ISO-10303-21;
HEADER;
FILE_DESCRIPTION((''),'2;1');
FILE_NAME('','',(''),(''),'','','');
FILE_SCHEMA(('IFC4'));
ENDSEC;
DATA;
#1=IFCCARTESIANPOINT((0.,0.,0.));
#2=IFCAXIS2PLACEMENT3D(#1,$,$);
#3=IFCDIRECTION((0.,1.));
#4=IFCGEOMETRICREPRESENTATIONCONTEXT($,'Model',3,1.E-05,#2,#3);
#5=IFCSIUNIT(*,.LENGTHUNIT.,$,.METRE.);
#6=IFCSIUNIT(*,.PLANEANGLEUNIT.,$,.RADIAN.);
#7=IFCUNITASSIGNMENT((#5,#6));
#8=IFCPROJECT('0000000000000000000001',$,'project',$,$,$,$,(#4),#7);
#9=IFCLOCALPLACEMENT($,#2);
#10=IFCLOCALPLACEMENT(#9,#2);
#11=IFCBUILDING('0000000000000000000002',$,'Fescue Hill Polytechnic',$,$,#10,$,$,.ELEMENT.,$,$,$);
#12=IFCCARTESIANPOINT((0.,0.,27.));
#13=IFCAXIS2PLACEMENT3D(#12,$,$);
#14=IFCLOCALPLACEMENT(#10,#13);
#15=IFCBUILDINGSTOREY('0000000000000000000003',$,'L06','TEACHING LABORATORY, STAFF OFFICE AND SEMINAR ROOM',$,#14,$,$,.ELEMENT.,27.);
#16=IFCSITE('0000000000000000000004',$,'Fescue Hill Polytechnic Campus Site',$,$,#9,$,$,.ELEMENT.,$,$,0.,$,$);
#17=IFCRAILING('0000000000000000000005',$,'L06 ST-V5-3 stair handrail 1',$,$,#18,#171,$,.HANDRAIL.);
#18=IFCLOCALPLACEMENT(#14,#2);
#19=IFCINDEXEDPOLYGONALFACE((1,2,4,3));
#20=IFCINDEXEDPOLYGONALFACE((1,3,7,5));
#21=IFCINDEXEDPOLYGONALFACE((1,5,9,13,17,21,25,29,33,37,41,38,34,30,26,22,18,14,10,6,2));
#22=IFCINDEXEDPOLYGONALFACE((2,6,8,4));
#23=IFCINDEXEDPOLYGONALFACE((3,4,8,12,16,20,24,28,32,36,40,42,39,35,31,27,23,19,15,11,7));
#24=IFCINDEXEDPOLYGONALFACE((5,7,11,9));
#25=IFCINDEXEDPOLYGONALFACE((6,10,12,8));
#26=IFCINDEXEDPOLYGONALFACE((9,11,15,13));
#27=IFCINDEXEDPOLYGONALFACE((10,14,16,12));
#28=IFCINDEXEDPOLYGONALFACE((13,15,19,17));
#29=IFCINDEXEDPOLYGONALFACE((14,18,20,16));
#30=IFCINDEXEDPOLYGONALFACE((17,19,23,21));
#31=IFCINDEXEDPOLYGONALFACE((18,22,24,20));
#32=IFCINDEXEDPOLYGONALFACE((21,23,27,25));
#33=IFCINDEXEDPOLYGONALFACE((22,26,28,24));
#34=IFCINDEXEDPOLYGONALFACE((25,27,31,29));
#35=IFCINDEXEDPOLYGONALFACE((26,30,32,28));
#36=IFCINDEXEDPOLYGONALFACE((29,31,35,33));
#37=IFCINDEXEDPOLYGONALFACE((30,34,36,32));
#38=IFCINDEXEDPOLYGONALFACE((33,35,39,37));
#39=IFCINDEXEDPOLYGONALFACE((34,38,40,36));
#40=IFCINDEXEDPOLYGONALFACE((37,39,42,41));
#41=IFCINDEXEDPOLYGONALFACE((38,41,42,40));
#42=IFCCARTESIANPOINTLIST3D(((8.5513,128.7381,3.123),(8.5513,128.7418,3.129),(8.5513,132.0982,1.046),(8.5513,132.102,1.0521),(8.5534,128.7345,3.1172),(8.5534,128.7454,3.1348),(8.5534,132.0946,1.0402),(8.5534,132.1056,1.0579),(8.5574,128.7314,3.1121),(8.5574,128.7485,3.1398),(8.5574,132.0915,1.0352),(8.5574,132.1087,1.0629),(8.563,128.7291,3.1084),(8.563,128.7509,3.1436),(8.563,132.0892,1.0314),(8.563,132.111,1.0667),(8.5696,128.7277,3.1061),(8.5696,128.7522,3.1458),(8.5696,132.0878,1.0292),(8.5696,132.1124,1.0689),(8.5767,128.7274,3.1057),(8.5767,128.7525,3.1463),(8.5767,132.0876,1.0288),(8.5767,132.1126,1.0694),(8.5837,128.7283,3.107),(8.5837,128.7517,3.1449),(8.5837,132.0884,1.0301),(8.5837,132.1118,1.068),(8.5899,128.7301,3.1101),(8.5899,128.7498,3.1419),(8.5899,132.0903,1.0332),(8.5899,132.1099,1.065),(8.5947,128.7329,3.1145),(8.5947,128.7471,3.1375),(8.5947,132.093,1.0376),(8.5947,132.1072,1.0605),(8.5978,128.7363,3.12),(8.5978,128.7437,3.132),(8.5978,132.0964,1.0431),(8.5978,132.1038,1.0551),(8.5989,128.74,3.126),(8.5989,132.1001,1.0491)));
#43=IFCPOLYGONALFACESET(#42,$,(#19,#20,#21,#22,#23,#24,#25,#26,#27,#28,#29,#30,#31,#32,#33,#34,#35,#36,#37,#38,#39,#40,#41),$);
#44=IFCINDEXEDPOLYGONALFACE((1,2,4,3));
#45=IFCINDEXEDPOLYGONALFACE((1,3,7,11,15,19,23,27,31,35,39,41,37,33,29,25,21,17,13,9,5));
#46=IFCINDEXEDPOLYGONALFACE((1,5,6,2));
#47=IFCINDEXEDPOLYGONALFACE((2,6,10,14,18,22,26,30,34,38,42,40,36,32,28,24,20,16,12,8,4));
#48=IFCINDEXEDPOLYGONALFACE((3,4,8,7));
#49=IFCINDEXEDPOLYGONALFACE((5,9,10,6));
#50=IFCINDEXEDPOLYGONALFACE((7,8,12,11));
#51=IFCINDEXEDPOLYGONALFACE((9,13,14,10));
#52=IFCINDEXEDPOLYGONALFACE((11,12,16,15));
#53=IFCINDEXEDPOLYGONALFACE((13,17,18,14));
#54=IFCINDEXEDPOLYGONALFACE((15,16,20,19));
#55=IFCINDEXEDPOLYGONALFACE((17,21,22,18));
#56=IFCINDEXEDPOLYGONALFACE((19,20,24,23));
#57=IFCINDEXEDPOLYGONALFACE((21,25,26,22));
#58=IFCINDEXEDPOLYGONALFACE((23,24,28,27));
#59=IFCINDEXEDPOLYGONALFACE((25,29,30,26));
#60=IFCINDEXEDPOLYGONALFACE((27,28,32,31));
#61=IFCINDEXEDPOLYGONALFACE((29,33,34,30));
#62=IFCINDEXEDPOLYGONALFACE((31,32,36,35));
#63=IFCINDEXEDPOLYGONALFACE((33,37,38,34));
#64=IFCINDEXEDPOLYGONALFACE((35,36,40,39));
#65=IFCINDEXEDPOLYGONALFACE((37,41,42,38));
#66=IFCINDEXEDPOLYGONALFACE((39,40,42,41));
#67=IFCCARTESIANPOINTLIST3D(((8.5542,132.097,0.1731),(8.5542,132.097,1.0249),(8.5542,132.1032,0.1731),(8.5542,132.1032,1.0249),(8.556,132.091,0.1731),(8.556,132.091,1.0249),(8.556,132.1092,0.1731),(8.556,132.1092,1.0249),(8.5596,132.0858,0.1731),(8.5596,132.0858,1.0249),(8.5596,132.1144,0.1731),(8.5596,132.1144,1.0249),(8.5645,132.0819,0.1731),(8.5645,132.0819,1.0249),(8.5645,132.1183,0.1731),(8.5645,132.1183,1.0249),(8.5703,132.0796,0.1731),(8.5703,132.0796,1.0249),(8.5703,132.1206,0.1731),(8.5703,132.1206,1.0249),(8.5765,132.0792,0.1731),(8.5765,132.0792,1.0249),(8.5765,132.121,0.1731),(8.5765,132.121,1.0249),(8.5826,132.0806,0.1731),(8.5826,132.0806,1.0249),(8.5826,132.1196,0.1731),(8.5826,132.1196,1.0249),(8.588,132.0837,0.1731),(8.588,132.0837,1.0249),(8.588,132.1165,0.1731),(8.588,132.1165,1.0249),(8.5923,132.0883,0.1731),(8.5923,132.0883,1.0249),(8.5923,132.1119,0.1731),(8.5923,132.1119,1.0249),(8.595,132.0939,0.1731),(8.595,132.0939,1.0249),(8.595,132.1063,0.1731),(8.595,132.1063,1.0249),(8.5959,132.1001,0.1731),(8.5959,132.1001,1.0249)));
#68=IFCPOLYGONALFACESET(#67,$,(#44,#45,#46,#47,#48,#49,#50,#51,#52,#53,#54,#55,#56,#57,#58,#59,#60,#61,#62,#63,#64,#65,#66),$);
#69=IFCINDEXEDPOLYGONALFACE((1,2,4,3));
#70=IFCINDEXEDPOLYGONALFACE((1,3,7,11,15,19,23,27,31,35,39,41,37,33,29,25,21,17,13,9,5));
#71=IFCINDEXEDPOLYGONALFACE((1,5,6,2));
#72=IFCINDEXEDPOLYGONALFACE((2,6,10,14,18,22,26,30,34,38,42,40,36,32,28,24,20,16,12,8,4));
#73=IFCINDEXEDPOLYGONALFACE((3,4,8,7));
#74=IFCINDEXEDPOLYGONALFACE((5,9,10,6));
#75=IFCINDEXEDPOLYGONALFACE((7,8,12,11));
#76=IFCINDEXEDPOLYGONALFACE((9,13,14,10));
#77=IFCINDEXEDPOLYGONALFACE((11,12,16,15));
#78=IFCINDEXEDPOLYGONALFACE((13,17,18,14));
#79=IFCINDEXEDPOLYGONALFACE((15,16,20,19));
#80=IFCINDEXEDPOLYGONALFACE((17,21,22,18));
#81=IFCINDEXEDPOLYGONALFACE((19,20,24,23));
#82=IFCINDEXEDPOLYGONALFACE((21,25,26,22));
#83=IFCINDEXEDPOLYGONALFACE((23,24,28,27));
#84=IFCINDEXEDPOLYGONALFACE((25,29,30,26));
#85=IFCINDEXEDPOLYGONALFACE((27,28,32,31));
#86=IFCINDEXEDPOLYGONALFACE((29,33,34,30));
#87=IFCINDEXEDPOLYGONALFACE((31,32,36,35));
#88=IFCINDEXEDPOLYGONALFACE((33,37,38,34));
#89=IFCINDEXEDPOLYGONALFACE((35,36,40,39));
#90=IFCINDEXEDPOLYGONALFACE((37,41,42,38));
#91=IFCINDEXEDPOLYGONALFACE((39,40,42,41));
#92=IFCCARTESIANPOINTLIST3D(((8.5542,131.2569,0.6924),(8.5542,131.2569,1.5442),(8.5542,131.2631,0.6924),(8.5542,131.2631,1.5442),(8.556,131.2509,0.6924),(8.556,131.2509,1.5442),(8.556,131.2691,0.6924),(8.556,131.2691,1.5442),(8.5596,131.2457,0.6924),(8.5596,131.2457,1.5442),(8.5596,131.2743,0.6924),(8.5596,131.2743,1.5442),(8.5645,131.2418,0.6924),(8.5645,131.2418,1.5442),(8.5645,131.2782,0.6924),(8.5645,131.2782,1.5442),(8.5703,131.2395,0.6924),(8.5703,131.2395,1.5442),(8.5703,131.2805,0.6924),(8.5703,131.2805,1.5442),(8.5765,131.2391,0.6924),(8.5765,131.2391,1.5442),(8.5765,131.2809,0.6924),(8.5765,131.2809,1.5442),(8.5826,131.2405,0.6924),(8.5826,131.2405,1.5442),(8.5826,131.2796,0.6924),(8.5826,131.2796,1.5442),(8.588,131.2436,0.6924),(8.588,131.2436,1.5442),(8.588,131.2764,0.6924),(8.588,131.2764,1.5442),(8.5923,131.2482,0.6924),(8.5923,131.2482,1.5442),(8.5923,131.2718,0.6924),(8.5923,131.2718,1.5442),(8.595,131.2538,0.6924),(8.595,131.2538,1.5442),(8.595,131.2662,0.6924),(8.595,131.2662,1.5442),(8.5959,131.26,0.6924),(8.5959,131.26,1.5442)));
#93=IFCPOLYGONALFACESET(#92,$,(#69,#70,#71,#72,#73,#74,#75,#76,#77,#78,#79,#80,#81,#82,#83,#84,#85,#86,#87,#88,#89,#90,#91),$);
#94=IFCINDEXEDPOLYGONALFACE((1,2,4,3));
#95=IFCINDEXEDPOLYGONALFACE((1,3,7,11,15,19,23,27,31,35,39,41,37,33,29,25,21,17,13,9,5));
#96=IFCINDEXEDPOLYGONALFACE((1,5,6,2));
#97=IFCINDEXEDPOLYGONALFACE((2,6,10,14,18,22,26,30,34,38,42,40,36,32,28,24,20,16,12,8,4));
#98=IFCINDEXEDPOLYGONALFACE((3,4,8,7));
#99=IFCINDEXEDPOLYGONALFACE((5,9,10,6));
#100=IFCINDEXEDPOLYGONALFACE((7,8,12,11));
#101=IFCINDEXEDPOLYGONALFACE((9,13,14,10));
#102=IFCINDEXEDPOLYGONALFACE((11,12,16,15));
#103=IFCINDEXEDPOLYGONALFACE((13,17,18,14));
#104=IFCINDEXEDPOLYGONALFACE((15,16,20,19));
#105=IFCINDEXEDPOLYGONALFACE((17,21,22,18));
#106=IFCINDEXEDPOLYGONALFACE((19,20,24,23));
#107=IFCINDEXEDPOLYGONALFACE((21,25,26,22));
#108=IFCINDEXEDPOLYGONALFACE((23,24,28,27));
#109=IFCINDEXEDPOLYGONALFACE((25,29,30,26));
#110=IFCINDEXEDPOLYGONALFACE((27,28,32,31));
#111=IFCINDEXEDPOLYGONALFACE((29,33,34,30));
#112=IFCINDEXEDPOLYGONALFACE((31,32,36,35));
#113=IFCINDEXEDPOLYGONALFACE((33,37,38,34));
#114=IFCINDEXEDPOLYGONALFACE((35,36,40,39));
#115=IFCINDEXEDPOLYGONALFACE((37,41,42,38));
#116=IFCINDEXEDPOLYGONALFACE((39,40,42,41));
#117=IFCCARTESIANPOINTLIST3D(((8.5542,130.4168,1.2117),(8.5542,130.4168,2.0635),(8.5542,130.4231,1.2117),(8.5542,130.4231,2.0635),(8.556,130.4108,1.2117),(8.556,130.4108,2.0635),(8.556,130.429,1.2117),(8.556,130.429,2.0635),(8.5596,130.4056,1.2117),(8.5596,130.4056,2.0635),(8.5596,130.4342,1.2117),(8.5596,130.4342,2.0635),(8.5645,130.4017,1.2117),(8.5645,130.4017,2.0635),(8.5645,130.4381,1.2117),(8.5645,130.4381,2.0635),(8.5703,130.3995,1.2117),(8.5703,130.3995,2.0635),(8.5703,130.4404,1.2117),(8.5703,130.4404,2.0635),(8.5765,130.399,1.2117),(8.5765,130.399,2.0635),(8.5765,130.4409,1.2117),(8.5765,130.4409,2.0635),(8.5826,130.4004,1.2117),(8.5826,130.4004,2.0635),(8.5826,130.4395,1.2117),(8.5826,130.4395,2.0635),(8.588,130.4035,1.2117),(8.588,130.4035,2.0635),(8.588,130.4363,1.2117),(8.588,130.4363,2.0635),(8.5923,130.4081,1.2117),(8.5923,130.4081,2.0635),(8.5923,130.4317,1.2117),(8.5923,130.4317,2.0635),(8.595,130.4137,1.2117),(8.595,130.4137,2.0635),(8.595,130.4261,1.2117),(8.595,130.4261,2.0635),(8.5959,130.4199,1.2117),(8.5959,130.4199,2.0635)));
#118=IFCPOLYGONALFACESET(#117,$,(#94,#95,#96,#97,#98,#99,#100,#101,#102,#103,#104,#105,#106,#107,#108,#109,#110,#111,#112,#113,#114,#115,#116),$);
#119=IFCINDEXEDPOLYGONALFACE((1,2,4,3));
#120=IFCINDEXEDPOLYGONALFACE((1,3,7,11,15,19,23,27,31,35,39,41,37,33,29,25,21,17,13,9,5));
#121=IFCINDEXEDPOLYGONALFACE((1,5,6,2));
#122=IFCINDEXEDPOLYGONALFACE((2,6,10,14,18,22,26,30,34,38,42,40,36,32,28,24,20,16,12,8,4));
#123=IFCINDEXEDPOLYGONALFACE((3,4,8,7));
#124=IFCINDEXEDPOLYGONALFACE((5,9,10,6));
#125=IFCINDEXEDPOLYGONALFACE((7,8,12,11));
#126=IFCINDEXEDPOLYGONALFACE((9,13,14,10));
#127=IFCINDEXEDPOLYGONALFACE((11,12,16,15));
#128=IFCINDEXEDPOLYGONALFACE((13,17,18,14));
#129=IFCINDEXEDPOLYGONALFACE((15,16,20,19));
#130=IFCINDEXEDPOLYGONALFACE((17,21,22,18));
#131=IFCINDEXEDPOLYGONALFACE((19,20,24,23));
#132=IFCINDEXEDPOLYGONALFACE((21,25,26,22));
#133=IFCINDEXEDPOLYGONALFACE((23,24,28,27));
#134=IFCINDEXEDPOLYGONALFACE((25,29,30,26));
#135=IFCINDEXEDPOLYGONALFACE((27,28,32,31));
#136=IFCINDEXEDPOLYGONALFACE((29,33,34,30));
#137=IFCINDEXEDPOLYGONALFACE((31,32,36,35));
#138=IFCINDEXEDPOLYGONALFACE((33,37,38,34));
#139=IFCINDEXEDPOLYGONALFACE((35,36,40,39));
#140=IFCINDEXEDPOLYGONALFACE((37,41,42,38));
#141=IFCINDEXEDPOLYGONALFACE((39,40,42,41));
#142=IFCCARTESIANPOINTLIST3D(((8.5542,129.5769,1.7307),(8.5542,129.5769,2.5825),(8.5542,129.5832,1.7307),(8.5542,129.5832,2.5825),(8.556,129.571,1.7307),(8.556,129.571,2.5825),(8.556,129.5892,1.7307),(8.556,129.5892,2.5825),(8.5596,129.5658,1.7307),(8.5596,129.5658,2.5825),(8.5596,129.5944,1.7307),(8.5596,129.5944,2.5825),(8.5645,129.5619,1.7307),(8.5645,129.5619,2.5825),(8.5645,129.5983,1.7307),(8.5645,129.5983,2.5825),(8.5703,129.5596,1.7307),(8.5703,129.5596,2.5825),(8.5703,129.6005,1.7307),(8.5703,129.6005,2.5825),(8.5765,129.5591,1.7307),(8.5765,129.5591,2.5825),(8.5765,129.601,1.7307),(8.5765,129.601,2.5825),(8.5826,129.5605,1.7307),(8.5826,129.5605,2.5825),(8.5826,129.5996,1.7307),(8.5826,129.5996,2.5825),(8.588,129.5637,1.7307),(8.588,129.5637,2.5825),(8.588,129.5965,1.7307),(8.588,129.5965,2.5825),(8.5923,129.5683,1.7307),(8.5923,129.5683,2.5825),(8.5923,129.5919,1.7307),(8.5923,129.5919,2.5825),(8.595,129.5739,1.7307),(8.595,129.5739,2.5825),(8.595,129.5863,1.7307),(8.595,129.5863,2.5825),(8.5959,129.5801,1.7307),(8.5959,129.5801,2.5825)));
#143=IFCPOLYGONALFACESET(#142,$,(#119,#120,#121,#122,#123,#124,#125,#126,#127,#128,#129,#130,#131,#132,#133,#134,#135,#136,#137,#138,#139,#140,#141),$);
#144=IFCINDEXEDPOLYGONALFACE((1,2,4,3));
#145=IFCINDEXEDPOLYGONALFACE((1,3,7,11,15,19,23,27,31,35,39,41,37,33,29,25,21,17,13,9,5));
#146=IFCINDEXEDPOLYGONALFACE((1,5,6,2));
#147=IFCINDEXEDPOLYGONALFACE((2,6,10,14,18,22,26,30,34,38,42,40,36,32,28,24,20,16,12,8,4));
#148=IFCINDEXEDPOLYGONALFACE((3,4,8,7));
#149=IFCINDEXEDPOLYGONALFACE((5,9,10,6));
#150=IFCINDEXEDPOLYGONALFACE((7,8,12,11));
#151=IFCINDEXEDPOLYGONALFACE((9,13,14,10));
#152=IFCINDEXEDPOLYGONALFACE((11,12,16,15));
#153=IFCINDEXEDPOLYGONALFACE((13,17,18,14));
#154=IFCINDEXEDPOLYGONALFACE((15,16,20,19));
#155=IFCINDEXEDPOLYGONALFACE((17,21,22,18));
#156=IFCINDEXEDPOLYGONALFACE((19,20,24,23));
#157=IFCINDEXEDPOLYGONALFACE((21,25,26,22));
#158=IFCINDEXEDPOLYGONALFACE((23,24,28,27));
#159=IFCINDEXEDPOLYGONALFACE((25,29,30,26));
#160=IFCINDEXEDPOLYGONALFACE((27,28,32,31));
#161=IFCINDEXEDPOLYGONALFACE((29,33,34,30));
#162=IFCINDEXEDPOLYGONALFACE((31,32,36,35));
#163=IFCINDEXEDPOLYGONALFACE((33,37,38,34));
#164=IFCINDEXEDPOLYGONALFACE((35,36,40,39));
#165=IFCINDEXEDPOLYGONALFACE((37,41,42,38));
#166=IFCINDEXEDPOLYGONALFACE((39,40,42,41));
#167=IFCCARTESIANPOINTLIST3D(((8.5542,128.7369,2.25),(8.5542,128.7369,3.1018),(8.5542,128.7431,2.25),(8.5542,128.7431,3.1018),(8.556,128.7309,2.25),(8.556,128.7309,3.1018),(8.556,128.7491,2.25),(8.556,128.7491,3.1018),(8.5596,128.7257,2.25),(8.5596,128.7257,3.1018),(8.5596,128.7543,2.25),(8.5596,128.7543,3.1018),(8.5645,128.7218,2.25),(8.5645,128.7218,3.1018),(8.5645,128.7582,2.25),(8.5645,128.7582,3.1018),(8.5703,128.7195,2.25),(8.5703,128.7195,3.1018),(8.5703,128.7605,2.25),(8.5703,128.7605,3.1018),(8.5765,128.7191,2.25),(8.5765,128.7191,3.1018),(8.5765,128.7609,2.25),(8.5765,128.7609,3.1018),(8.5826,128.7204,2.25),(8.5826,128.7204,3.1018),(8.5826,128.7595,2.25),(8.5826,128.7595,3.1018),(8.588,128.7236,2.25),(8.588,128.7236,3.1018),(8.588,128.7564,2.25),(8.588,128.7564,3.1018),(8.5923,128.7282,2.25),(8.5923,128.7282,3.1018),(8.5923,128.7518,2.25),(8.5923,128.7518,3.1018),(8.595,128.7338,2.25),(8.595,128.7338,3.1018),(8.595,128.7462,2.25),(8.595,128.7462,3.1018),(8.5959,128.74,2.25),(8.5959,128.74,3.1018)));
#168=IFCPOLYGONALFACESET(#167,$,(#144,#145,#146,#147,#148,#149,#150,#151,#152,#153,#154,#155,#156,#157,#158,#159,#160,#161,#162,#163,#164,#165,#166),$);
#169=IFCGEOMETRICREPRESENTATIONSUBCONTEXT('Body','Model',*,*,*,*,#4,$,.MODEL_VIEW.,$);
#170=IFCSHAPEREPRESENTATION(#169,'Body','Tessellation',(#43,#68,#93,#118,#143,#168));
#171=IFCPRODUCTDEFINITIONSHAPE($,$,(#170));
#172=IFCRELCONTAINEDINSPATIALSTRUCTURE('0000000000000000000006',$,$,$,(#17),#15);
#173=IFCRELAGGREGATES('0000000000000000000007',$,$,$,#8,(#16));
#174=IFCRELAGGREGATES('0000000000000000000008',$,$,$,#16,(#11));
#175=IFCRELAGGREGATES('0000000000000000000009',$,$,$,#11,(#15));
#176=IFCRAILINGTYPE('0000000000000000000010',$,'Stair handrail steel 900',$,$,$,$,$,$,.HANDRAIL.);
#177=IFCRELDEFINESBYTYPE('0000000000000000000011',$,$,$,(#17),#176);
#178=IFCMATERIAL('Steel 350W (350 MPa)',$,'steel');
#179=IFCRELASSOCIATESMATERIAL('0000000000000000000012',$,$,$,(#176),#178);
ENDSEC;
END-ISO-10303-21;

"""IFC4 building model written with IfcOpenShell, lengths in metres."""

from ifc_helpers import new_model, si_unit, direction, frame, origin, origin_2d, place, context, subcontext, project, spatial, circle, extrude, material, type_object, element, save


model = new_model("IFC4")

# Units and contexts
model_context = context("Model", 3, precision=1e-05, world=origin(), true_north=direction((0.0, 1.0)))
body_context = subcontext(model_context, "Body", "Model", "MODEL_VIEW")
ifc_project = project(units=[si_unit("LENGTHUNIT", "METRE"), si_unit("PLANEANGLEUNIT", "RADIAN")], contexts=[model_context])

# Site, building, storey
site_placement = place(None, origin())
site = spatial("IfcSite", under=ifc_project, at=site_placement, Name="Fescue Hill Polytechnic Campus Site", CompositionType="ELEMENT", RefElevation=0.0)
building_placement = place(site_placement, origin())
building = spatial("IfcBuilding", under=site, at=building_placement, Name="Fescue Hill Polytechnic", CompositionType="ELEMENT")
storey_placement = place(building_placement, frame((0.0, 0.0, 27.0)))
storey = spatial("IfcBuildingStorey", under=building, at=storey_placement, Name="L06", Description="TEACHING LABORATORY, STAFF OFFICE AND SEMINAR ROOM", CompositionType="ELEMENT", Elevation=27.0)

# Railing
ifc_material_1 = material(Name="Steel 350W (350 MPa)", Category="steel")
railing_type_1 = type_object("IfcRailingType", Name="Stair handrail steel 900", PredefinedType="HANDRAIL", material=ifc_material_1)
railing_1_placement = place(storey_placement, frame((8.575, 132.1001, 0.1731)))
element("IfcRailing", 1, at=railing_1_placement, inside=storey, type_object=railing_type_1, Name="L06 ST-V5-3 stair handrail 1", PredefinedType="HANDRAIL", context=body_context, shape_type="SweptSolid", body=[
    extrude(circle(Radius=0.0239, at=origin_2d()), frame((0.0, 0.0, 0.876), z_axis=(0.0, -0.850623, 0.525776), x_axis=(1.0, 0.0, 0.0)), (0.0, 0.0, 1.0), 3.9502),
    extrude(circle(Radius=0.021, at=origin_2d()), origin(), (0.0, 0.0, 1.0), 0.8518),
    extrude(circle(Radius=0.021, at=origin_2d()), frame((0.0, -0.8401, 0.5193)), (0.0, 0.0, 1.0), 0.8518),
    extrude(circle(Radius=0.021, at=origin_2d()), frame((0.0, -1.6802, 1.0386)), (0.0, 0.0, 1.0), 0.8518),
    extrude(circle(Radius=0.021, at=origin_2d()), frame((0.0, -2.52, 1.5576)), (0.0, 0.0, 1.0), 0.8518),
    extrude(circle(Radius=0.021, at=origin_2d()), frame((0.0, -3.3601, 2.0769)), (0.0, 0.0, 1.0), 0.8518),
])

save(model, "model.ifc")
